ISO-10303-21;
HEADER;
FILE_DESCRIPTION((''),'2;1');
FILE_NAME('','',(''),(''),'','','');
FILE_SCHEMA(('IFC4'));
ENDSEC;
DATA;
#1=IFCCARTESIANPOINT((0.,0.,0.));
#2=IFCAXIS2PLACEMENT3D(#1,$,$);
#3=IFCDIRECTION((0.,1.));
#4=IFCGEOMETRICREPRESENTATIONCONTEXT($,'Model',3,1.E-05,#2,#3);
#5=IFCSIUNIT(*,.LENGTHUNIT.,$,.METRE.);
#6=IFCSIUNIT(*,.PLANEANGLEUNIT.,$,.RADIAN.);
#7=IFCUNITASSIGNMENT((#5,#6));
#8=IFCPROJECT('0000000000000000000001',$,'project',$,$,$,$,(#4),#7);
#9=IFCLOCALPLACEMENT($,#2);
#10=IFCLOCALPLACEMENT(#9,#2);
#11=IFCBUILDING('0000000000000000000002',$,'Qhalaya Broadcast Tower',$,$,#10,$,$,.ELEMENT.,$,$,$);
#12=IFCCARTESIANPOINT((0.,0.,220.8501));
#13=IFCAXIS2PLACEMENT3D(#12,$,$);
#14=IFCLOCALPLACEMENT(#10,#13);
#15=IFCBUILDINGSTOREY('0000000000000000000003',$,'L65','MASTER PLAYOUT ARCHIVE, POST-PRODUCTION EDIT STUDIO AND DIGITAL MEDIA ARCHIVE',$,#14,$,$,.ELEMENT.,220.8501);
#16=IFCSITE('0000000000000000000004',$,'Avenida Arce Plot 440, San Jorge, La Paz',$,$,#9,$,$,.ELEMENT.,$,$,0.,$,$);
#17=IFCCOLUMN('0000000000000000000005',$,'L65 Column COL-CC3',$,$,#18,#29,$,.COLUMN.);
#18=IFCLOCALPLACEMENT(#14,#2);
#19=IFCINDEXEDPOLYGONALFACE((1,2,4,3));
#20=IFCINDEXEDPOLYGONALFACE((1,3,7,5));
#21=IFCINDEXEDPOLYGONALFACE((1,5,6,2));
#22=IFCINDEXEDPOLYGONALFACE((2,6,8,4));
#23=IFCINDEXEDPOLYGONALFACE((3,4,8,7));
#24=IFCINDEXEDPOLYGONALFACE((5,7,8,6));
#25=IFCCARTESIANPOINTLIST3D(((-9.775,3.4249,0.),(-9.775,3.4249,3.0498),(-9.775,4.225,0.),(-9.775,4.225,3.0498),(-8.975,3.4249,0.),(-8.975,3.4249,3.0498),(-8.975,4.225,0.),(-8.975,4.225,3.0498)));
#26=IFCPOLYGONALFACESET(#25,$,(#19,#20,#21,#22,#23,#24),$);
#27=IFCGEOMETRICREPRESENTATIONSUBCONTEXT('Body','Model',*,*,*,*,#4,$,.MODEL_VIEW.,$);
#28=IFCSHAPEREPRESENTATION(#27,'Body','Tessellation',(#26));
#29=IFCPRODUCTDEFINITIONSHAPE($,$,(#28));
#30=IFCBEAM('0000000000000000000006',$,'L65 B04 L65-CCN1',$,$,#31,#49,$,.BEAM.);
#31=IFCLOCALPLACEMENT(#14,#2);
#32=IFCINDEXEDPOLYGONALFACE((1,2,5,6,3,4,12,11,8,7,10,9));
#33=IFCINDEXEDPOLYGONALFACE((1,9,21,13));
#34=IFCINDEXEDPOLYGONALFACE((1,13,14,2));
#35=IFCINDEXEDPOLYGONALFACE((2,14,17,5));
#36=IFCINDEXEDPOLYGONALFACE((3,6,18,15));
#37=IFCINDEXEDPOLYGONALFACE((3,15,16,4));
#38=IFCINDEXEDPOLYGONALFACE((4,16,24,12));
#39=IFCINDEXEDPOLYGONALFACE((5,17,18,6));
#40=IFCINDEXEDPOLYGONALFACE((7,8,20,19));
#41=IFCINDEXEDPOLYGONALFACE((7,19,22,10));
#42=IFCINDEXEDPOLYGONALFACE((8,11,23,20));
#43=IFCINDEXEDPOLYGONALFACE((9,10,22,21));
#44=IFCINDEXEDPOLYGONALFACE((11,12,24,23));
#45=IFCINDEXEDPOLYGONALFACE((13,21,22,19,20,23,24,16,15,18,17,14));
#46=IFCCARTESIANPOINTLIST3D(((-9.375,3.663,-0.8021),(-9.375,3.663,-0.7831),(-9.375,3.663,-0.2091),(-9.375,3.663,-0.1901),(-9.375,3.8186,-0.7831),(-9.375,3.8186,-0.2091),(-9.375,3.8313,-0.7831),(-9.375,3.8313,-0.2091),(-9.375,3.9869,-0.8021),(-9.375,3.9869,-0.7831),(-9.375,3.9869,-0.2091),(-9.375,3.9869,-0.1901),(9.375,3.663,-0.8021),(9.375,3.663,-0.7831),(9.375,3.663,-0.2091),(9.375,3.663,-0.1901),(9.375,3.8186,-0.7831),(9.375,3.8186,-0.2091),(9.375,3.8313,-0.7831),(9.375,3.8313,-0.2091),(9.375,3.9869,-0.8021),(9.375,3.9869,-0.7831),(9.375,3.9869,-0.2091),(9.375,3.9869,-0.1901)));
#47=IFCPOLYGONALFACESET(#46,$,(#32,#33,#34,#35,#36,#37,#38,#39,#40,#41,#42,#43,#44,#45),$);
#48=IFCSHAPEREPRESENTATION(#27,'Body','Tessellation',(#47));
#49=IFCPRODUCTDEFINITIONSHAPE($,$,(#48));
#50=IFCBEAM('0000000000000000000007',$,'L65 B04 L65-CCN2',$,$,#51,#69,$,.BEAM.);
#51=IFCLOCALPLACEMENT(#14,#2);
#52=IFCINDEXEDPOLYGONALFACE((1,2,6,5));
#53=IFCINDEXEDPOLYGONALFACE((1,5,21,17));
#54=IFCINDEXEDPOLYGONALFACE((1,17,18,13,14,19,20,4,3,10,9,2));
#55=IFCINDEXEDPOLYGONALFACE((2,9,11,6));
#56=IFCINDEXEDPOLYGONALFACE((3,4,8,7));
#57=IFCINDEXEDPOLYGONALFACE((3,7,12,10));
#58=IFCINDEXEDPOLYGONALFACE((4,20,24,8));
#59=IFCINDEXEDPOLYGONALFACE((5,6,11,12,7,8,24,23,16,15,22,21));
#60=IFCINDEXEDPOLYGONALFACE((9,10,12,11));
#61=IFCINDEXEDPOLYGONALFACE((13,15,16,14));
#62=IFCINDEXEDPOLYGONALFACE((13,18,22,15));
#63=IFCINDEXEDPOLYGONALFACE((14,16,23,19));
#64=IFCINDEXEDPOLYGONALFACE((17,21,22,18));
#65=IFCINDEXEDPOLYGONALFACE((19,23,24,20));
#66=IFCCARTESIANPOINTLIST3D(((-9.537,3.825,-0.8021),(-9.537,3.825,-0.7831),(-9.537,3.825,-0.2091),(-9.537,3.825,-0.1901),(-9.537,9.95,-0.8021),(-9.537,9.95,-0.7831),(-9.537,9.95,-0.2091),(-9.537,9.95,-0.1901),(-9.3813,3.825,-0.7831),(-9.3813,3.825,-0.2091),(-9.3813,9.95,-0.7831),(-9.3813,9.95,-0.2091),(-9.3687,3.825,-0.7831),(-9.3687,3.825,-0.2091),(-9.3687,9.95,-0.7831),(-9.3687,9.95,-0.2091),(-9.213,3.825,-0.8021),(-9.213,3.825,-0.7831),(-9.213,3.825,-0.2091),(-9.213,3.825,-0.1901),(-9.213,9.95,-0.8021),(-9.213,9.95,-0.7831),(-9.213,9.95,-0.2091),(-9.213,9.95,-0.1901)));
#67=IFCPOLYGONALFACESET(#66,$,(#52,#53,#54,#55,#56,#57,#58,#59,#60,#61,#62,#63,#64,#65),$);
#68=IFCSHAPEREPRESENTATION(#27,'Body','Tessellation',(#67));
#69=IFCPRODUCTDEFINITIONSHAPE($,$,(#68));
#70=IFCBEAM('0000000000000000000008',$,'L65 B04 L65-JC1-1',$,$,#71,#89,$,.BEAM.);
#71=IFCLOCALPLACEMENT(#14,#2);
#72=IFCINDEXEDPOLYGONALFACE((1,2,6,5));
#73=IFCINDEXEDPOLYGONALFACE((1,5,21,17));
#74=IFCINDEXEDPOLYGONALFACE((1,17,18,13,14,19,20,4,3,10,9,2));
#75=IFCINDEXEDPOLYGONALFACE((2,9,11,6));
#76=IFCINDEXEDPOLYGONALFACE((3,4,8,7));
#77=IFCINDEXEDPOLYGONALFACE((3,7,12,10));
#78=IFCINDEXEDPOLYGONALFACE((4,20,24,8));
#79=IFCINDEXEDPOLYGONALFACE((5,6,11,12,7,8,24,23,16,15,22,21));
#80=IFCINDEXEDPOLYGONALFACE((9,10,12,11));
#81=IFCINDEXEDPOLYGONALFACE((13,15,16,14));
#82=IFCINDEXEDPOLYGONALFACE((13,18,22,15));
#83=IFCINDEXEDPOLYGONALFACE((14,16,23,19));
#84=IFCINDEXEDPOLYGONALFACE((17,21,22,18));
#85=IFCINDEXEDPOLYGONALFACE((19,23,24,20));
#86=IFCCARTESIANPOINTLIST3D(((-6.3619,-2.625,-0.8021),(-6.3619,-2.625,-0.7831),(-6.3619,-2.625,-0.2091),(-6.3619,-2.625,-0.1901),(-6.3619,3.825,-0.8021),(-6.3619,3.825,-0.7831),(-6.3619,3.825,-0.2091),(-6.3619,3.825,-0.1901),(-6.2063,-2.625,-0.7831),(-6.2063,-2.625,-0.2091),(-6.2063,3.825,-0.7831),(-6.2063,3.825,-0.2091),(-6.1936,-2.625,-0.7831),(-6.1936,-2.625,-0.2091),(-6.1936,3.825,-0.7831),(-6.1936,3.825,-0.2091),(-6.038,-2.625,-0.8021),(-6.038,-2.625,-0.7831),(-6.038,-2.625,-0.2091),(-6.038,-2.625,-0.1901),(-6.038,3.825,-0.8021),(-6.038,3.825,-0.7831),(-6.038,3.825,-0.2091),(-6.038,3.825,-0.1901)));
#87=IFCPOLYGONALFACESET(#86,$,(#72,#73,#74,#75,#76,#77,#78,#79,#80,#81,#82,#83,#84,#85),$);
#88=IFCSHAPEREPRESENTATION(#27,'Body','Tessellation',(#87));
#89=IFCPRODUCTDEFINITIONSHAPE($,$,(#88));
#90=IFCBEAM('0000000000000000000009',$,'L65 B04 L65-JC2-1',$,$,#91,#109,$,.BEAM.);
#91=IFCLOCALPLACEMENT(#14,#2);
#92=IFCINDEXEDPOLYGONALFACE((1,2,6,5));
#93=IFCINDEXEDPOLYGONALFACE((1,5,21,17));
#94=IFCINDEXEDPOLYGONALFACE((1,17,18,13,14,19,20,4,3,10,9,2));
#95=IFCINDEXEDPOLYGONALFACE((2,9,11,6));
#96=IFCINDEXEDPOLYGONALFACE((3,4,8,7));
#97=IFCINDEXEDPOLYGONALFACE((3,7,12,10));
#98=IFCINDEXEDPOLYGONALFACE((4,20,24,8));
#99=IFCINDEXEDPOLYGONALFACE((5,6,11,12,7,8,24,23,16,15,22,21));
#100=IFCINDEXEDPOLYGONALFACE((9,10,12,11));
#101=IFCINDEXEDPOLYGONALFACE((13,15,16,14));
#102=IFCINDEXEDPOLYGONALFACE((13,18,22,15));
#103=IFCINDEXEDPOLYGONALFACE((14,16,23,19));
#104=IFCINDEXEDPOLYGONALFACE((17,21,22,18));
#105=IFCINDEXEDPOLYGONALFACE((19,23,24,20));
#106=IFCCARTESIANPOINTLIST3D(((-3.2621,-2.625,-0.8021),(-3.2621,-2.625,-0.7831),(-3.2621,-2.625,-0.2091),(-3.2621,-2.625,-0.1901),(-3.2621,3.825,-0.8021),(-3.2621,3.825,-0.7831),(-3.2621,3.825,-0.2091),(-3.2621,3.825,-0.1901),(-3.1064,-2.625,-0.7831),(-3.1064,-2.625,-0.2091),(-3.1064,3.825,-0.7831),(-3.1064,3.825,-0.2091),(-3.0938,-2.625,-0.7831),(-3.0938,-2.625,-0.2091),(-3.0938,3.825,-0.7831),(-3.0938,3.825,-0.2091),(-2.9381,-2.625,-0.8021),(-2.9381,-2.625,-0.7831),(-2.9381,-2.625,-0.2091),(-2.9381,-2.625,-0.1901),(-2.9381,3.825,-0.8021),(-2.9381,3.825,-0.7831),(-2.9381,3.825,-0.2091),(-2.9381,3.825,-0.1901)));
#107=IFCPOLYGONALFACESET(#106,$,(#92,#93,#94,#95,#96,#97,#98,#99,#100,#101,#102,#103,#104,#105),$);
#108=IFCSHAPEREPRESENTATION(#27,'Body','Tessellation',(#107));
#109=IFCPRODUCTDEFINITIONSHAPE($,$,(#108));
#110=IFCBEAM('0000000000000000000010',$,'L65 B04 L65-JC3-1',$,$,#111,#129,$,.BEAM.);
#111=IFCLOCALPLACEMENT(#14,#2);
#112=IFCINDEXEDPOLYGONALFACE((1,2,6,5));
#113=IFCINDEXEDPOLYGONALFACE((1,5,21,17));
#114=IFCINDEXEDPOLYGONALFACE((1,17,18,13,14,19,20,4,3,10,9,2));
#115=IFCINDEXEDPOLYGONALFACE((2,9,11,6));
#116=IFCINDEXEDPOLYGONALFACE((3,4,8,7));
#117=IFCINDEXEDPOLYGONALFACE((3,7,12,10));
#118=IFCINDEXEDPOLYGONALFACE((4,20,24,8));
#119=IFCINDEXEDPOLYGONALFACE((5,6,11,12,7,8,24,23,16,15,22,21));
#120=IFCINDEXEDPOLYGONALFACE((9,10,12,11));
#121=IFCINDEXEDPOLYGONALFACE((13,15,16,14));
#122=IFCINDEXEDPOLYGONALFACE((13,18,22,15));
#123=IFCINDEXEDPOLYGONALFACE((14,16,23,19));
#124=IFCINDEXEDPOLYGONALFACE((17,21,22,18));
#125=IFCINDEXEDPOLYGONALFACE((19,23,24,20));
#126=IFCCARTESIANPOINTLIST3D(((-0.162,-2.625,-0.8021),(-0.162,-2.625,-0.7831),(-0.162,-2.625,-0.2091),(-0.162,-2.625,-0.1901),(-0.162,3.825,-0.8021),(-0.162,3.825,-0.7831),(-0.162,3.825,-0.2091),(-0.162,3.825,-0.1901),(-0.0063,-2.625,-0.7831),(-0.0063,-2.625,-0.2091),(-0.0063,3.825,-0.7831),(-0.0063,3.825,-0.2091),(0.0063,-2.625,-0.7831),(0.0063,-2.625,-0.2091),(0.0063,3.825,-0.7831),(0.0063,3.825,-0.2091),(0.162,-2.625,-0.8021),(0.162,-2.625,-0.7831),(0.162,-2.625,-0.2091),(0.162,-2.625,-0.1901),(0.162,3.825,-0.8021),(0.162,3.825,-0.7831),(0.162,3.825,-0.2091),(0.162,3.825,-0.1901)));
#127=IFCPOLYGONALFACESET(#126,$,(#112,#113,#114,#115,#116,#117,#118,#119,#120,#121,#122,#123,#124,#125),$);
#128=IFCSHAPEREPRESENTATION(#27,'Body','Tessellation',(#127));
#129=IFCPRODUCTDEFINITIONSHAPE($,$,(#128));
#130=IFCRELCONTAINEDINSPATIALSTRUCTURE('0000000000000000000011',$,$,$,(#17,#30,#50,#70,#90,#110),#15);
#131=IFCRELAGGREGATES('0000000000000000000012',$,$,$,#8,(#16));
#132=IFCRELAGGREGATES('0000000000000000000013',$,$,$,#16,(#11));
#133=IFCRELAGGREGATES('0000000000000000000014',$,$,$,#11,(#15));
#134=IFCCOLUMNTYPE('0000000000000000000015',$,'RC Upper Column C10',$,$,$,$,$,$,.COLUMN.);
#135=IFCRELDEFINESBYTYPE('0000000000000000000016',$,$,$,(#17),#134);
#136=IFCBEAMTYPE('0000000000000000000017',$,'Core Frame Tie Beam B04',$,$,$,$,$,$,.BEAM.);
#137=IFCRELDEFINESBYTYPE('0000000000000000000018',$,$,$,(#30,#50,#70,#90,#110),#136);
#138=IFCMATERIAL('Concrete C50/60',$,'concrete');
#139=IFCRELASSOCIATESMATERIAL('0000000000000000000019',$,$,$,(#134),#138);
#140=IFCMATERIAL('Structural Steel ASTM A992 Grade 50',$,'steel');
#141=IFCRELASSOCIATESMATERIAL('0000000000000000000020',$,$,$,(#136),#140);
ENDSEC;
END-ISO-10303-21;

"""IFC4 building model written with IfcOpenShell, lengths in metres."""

from ifc_helpers import new_model, si_unit, direction, frame, origin, origin_2d, place, context, subcontext, project, spatial, rectangle, i_section, extrude, material, material_profile, profile_set, type_object, element, save


model = new_model("IFC4")

# Units and contexts
model_context = context("Model", 3, precision=1e-05, world=origin(), true_north=direction((0.0, 1.0)))
body_context = subcontext(model_context, "Body", "Model", "MODEL_VIEW")
ifc_project = project(units=[si_unit("LENGTHUNIT", "METRE"), si_unit("PLANEANGLEUNIT", "RADIAN")], contexts=[model_context])

# Site, building, storey
site_placement = place(None, origin())
site = spatial("IfcSite", under=ifc_project, at=site_placement, Name="Avenida Arce Plot 440, San Jorge, La Paz", CompositionType="ELEMENT", RefElevation=0.0)
building_placement = place(site_placement, origin())
building = spatial("IfcBuilding", under=site, at=building_placement, Name="Qhalaya Broadcast Tower", CompositionType="ELEMENT")
storey_placement = place(building_placement, frame((0.0, 0.0, 220.8501)))
storey = spatial("IfcBuildingStorey", under=building, at=storey_placement, Name="L65", Description="MASTER PLAYOUT ARCHIVE, POST-PRODUCTION EDIT STUDIO AND DIGITAL MEDIA ARCHIVE", CompositionType="ELEMENT", Elevation=220.8501)

# Column
ifc_material_1 = material(Name="Concrete C50/60", Category="concrete")
ifc_material_profile_1 = material_profile(ifc_material_1, rectangle(XDim=0.8, YDim=0.8, at=origin_2d()), Name="RC-COL 800x800")
ifc_profile_set_1 = profile_set([ifc_material_profile_1], Name="Concrete C50/60")
column_type = type_object("IfcColumnType", Name="RC Upper Column C10", PredefinedType="COLUMN", material=ifc_profile_set_1)
column_placement = place(storey_placement, frame((-9.375, 3.825, 0.0), z_axis=(0.0, 0.0, 1.0), x_axis=(1.0, 0.0, 0.0)))
element("IfcColumn", 1, at=column_placement, inside=storey, type_object=column_type, Name="L65 Column COL-CC3", PredefinedType="COLUMN", context=body_context, shape_type="SweptSolid", body=[
    extrude(rectangle(XDim=0.8, YDim=0.8, at=origin_2d()), origin(), (0.0, 0.0, 1.0), 3.0498),
])

# Beams
ifc_material_2 = material(Name="Structural Steel ASTM A992 Grade 50", Category="steel")
ifc_material_profile_2 = material_profile(ifc_material_2, i_section(OverallWidth=0.324, OverallDepth=0.6121, WebThickness=0.0127, FlangeThickness=0.019, at=origin_2d()), Name="W24X104")
ifc_profile_set_2 = profile_set([ifc_material_profile_2], Name="Structural Steel ASTM A992 Grade 50")
beam_type = type_object("IfcBeamType", Name="Core Frame Tie Beam B04", PredefinedType="BEAM", material=ifc_profile_set_2)
beam_1_placement = place(storey_placement, frame((-9.375, 3.825, -0.4961), z_axis=(1.0, 0.0, 0.0), x_axis=(0.0, 1.0, 0.0)))
element("IfcBeam", 2, at=beam_1_placement, inside=storey, type_object=beam_type, Name="L65 B04 L65-CCN1", PredefinedType="BEAM", context=body_context, shape_type="SweptSolid", body=[
    extrude(i_section(OverallWidth=0.324, OverallDepth=0.6121, WebThickness=0.0127, FlangeThickness=0.019, at=origin_2d()), origin(), (0.0, 0.0, 1.0), 18.75),
])
beam_2_placement = place(storey_placement, frame((-9.375, 3.825, -0.4961), z_axis=(0.0, 1.0, 0.0), x_axis=(-1.0, 0.0, 0.0)))
element("IfcBeam", 3, at=beam_2_placement, inside=storey, type_object=beam_type, Name="L65 B04 L65-CCN2", PredefinedType="BEAM", context=body_context, shape_type="SweptSolid", body=[
    extrude(i_section(OverallWidth=0.324, OverallDepth=0.6121, WebThickness=0.0127, FlangeThickness=0.019, at=origin_2d()), origin(), (0.0, 0.0, 1.0), 6.125),
])
for number, where, z_axis, x_axis, name in (
    (4, (-6.2, -2.625, -0.4961), (0.0, 1.0, 0.0), (-1.0, 0.0, 0.0), "L65 B04 L65-JC1-1"),
    (5, (-3.1001, -2.625, -0.4961), (0.0, 1.0, 0.0), (-1.0, 0.0, 0.0), "L65 B04 L65-JC2-1"),
    (6, (0.0, -2.625, -0.4961), (0.0, 1.0, 0.0), (-1.0, 0.0, 0.0), "L65 B04 L65-JC3-1"),
):
    element("IfcBeam", number, at=place(storey_placement, frame(where, z_axis=z_axis, x_axis=x_axis)), inside=storey, type_object=beam_type, Name=name, PredefinedType="BEAM", context=body_context, shape_type="SweptSolid", body=[
        extrude(i_section(OverallWidth=0.324, OverallDepth=0.6121, WebThickness=0.0127, FlangeThickness=0.019, at=origin_2d()), origin(), (0.0, 0.0, 1.0), 6.45),
    ])

save(model, "model.ifc")
